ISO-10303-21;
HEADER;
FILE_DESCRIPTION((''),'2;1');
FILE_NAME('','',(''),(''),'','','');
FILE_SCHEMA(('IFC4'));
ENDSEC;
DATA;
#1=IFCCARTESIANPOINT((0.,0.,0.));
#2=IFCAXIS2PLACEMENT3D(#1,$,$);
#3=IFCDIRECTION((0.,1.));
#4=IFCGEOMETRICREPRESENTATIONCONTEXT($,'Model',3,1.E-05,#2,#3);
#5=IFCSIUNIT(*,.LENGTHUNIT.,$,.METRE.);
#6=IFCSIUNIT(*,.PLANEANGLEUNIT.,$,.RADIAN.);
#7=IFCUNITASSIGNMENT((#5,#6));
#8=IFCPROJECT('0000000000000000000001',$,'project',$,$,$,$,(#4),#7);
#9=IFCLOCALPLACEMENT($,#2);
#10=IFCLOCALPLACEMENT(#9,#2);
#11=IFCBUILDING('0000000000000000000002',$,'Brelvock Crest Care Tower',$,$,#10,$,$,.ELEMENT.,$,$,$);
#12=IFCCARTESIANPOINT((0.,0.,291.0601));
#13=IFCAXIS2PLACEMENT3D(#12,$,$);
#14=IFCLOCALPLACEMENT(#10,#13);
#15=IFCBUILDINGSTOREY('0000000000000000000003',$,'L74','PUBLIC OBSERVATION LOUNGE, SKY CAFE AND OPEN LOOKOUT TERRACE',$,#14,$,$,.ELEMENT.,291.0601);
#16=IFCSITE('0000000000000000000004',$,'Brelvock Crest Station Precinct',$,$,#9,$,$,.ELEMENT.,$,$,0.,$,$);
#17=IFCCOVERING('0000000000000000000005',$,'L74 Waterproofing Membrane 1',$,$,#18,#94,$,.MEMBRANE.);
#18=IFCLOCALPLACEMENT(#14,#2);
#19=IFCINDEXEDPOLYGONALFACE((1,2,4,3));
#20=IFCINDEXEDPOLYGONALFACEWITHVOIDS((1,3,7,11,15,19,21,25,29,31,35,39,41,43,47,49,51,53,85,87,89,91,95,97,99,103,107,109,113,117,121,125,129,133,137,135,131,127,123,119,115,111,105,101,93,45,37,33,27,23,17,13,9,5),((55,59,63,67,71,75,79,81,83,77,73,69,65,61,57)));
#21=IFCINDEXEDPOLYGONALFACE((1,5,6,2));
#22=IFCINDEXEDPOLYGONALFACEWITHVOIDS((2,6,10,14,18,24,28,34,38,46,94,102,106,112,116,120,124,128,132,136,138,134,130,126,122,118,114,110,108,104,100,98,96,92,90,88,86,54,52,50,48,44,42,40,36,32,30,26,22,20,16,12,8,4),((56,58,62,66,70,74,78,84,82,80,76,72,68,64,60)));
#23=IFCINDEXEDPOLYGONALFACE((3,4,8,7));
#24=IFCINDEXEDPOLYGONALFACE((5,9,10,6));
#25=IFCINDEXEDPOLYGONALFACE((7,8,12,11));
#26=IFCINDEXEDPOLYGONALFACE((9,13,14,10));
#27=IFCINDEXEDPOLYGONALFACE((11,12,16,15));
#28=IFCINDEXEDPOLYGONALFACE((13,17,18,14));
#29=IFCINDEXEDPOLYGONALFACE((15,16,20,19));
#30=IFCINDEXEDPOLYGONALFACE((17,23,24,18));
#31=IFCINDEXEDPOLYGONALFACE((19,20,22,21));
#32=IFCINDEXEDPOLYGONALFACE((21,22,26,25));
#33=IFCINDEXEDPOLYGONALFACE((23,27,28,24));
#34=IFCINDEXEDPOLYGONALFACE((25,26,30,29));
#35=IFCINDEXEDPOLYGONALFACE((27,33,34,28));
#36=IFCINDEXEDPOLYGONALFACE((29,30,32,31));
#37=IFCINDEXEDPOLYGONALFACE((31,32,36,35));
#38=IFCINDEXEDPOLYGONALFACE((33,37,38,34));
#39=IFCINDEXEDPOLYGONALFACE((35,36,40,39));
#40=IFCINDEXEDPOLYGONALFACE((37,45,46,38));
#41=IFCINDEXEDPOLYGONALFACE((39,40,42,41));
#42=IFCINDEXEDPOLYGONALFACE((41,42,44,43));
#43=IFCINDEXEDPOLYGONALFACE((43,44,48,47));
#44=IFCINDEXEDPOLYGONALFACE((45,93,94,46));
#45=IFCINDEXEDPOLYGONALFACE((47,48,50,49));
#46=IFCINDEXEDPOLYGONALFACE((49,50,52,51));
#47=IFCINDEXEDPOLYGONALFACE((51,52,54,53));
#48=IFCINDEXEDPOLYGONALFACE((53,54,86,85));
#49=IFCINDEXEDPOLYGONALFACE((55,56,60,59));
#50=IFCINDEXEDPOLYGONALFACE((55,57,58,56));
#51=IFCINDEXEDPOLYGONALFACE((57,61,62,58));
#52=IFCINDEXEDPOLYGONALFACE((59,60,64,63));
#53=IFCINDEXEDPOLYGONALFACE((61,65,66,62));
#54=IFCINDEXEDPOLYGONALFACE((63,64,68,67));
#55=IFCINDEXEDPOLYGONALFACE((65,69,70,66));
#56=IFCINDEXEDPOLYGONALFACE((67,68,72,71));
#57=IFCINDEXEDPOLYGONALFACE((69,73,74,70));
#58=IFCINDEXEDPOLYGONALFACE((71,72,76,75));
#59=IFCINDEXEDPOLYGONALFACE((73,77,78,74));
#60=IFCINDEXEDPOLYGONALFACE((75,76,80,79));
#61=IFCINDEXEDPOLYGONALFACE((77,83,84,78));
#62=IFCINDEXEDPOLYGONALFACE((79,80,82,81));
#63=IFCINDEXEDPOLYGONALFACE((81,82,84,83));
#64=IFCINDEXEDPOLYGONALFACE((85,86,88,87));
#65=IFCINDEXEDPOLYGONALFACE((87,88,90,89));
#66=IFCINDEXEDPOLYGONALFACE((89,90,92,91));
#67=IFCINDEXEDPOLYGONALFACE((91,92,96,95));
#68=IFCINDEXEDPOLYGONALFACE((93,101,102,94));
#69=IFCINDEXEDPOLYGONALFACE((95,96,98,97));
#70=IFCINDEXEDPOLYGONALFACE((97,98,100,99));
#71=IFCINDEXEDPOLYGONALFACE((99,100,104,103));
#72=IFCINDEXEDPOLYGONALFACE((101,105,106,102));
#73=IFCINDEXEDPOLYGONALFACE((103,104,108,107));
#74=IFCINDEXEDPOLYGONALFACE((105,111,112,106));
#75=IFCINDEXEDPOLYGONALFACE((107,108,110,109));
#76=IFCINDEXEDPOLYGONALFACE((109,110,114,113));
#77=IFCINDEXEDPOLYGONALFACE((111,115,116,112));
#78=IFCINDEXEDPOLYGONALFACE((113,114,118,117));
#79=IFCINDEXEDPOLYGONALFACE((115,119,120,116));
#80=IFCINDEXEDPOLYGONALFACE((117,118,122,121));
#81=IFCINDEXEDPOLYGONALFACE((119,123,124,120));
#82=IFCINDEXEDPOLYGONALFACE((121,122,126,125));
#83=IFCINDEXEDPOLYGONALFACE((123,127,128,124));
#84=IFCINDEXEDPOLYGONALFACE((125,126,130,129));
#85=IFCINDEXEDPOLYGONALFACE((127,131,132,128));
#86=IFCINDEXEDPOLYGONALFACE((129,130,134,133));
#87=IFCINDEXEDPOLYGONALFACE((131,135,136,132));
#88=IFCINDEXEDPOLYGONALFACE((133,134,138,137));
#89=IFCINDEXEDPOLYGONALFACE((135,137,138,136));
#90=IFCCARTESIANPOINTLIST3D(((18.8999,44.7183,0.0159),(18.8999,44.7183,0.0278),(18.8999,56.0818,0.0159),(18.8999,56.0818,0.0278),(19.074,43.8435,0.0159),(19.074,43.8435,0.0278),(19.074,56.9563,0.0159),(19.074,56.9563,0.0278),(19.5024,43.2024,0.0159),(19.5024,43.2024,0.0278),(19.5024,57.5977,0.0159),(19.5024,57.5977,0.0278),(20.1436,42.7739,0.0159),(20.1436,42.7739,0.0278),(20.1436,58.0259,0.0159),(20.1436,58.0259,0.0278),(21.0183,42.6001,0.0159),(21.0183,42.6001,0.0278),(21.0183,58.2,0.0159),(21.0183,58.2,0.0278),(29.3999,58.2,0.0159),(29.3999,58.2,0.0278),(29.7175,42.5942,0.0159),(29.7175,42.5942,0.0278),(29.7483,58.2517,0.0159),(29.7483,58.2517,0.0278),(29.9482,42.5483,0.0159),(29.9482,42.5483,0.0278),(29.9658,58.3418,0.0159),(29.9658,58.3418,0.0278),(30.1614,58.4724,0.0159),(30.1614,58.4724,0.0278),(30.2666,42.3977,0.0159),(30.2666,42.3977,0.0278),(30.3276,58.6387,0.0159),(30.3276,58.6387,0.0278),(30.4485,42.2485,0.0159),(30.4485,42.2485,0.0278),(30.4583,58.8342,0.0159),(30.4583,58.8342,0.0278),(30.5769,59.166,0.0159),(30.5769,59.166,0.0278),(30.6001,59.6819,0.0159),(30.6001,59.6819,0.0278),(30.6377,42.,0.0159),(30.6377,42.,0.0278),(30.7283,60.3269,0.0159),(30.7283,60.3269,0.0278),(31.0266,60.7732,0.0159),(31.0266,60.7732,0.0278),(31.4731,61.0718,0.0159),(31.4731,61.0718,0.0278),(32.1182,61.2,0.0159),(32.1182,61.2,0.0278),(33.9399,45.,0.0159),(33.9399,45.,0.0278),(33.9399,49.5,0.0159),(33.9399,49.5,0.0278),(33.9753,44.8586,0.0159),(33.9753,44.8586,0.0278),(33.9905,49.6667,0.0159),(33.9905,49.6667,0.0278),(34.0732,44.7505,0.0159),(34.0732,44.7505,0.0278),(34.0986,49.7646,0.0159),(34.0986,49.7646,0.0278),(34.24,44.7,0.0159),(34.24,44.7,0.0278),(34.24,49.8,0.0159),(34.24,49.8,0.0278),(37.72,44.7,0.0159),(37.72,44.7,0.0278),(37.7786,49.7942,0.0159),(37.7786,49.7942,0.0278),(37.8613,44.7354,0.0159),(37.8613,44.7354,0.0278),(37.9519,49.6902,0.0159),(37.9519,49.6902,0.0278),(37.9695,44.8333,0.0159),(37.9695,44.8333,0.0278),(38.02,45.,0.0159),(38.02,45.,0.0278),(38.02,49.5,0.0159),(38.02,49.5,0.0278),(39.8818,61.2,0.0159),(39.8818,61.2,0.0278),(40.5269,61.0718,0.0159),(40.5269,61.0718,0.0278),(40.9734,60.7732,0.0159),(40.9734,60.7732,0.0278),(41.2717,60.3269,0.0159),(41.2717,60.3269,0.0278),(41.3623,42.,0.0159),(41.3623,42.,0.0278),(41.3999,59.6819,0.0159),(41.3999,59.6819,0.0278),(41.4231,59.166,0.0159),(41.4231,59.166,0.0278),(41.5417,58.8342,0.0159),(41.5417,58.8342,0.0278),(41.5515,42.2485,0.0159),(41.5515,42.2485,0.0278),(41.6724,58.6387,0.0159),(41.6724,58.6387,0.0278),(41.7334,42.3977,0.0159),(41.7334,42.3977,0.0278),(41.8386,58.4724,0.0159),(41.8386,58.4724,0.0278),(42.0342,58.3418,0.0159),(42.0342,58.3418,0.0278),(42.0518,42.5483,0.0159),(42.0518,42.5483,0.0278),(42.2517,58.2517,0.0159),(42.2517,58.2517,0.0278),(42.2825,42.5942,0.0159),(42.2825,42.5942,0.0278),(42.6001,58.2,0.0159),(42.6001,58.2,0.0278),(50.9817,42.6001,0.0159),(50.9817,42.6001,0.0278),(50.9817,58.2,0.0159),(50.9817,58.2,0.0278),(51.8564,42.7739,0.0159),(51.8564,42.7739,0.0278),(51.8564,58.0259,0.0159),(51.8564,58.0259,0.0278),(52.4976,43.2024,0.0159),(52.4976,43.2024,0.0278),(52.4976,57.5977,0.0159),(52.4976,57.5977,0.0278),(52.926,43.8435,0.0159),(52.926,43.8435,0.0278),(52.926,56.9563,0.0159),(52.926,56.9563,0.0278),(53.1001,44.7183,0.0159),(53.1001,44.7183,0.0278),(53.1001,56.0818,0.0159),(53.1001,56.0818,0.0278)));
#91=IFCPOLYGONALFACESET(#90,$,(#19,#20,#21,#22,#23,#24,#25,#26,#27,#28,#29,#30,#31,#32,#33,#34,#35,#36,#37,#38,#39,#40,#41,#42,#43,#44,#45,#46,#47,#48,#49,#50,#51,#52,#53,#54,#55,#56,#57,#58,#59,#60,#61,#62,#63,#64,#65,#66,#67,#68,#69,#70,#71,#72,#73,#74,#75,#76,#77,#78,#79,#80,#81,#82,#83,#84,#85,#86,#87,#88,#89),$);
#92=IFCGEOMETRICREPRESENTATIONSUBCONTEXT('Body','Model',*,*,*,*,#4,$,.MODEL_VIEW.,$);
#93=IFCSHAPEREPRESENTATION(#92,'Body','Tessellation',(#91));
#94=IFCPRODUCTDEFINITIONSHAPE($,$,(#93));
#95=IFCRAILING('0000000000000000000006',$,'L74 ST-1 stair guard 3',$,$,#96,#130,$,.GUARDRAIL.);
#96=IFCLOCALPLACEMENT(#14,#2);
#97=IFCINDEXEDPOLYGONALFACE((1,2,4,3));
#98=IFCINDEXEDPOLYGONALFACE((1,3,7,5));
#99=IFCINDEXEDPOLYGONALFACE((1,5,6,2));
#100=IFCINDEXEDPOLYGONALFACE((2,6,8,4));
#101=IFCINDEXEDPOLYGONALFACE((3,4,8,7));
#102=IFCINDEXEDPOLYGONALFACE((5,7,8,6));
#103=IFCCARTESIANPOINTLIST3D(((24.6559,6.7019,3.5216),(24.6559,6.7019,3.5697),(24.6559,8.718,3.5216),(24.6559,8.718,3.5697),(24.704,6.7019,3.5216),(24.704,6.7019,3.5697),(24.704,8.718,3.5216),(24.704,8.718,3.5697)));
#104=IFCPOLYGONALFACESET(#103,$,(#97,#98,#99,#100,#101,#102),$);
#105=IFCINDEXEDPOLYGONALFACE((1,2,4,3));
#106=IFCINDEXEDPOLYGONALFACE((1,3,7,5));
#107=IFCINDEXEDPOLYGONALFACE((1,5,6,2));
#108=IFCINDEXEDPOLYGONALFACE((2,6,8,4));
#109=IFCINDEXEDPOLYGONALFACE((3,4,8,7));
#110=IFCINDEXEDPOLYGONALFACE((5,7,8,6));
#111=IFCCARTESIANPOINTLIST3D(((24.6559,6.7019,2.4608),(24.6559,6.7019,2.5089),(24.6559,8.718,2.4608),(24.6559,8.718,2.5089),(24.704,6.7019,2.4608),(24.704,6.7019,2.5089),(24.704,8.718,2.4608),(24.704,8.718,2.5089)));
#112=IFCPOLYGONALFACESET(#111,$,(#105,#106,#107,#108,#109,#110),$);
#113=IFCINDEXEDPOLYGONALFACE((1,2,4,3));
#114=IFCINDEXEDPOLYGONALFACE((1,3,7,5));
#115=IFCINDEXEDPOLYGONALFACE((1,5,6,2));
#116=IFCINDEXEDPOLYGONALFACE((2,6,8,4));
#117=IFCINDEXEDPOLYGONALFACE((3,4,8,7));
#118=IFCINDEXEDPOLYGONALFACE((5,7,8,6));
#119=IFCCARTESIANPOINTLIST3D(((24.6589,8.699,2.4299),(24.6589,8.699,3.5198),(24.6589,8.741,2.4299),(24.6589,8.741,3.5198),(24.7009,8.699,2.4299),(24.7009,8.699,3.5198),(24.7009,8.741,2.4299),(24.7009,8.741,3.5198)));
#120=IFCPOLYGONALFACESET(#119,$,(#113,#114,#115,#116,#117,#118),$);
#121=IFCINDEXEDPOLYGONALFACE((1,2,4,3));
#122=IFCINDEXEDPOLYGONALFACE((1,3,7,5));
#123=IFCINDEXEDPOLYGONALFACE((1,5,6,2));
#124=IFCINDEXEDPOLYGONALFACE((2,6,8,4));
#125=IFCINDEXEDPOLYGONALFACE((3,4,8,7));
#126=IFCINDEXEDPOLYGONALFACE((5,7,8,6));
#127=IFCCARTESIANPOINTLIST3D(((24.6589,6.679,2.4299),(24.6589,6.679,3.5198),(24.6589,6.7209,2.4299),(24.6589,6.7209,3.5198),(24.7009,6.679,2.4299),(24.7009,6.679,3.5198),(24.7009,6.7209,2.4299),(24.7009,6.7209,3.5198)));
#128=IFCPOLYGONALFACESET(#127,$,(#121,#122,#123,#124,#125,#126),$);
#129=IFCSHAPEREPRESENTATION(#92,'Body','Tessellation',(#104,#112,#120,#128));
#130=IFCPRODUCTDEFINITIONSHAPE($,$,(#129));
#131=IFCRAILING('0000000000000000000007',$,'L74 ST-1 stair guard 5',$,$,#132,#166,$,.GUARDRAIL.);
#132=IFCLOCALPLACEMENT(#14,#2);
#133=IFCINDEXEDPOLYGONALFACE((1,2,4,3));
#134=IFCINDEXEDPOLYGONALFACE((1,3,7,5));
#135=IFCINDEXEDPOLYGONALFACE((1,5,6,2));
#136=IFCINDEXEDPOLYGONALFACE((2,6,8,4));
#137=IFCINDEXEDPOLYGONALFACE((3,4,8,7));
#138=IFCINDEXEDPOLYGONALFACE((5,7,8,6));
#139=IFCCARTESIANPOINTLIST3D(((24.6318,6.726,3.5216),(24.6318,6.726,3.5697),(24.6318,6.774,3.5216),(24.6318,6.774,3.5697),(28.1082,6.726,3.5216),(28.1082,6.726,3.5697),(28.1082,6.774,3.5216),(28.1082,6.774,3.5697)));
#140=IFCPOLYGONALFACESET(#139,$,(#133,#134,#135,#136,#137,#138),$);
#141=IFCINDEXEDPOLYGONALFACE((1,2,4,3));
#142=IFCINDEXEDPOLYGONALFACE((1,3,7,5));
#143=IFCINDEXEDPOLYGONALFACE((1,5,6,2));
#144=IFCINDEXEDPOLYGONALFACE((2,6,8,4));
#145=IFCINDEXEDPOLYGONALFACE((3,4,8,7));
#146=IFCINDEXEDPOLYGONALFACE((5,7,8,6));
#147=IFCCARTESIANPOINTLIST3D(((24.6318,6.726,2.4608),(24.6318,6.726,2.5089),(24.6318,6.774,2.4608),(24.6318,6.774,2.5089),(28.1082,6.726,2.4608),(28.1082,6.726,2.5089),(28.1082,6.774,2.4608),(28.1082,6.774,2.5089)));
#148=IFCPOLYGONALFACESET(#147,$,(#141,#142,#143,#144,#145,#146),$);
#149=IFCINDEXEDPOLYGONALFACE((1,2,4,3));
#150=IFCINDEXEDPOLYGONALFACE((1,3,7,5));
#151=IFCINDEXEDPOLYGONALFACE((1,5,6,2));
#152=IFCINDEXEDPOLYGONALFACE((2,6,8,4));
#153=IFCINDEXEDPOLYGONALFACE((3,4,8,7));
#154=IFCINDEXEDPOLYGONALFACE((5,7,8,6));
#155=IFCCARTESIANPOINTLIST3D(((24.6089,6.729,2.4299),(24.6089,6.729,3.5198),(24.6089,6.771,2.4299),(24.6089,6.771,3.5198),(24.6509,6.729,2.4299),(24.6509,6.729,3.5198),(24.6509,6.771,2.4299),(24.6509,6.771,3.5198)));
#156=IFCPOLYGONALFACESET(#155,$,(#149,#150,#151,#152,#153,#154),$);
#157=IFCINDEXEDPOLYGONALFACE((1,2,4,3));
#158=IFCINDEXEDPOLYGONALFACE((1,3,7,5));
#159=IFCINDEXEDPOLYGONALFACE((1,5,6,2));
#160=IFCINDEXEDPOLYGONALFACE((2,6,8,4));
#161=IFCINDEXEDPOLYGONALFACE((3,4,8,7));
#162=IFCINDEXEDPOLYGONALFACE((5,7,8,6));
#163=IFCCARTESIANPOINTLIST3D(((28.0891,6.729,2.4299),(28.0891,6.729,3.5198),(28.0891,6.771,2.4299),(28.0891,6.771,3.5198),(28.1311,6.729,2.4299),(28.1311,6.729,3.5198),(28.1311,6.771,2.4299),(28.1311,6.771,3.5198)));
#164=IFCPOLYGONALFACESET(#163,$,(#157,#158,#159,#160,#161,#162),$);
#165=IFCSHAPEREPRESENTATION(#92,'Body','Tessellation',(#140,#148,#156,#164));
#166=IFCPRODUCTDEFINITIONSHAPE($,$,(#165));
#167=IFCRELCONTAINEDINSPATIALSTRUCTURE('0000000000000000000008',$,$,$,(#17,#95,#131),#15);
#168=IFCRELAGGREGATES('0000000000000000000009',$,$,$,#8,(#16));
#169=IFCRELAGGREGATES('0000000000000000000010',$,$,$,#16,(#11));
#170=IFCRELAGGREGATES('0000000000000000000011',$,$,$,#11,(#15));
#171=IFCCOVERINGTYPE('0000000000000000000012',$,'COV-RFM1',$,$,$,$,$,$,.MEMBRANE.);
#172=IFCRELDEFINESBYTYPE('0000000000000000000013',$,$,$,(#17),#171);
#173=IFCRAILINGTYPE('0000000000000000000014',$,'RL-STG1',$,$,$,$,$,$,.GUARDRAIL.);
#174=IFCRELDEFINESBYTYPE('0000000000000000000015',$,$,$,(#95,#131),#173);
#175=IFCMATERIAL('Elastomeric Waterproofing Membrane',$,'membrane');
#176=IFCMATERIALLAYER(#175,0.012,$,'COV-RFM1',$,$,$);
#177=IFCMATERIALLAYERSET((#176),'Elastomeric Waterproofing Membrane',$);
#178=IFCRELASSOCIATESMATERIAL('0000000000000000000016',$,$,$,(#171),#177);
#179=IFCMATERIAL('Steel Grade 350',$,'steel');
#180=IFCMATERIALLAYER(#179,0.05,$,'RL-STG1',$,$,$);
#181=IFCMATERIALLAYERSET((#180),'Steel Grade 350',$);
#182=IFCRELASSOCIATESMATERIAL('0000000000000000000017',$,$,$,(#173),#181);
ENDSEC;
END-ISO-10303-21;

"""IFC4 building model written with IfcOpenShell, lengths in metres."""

from ifc_helpers import new_model, si_unit, direction, frame, origin, origin_2d, place, context, subcontext, project, spatial, polyline, rectangle, outline, extrude, material, layer, layer_set, type_object, element, save


model = new_model("IFC4")

# Units and contexts
model_context = context("Model", 3, precision=1e-05, world=origin(), true_north=direction((0.0, 1.0)))
body_context = subcontext(model_context, "Body", "Model", "MODEL_VIEW")
ifc_project = project(units=[si_unit("LENGTHUNIT", "METRE"), si_unit("PLANEANGLEUNIT", "RADIAN")], contexts=[model_context])

# Site, building, storey
site_placement = place(None, origin())
site = spatial("IfcSite", under=ifc_project, at=site_placement, Name="Brelvock Crest Station Precinct", CompositionType="ELEMENT", RefElevation=0.0)
building_placement = place(site_placement, origin())
building = spatial("IfcBuilding", under=site, at=building_placement, Name="Brelvock Crest Care Tower", CompositionType="ELEMENT")
storey_placement = place(building_placement, frame((0.0, 0.0, 291.0601)))
storey = spatial("IfcBuildingStorey", under=building, at=storey_placement, Name="L74", Description="PUBLIC OBSERVATION LOUNGE, SKY CAFE AND OPEN LOOKOUT TERRACE", CompositionType="ELEMENT", Elevation=291.0601)

# Shared definitions
ifc_material_1 = material(Name="Steel Grade 350", Category="steel")

# Covering
ifc_material_2 = material(Name="Elastomeric Waterproofing Membrane", Category="membrane")
ifc_layer_1 = layer(ifc_material_2, 0.012, Name="COV-RFM1")
ifc_layer_set_1 = layer_set([ifc_layer_1], Name="Elastomeric Waterproofing Membrane")
covering_type_1 = type_object("IfcCoveringType", Name="COV-RFM1", PredefinedType="MEMBRANE", material=ifc_layer_set_1)
covering_1_placement = place(storey_placement, frame((0.0, 0.0, 0.0159)))
element("IfcCovering", 1, at=covering_1_placement, inside=storey, type_object=covering_type_1, Name="L74 Waterproofing Membrane 1", PredefinedType="MEMBRANE", context=body_context, shape_type="SweptSolid", body=[
    extrude(outline(polyline([(41.3623, 42.0), (41.5515, 42.2485), (41.7334, 42.3977), (42.0518, 42.5483), (42.2825, 42.5942), (50.9817, 42.6001), (51.8564, 42.7739), (52.4976, 43.2024), (52.926, 43.8435), (53.1001, 44.7183), (53.1001, 56.0818), (52.926, 56.9563), (52.4976, 57.5977), (51.8564, 58.0259), (50.9817, 58.2), (42.6001, 58.2), (42.2517, 58.2517), (42.0342, 58.3418), (41.8386, 58.4724), (41.6724, 58.6387), (41.5417, 58.8342), (41.4231, 59.166), (41.3999, 59.6819), (41.2717, 60.3269), (40.9734, 60.7732), (40.5269, 61.0718), (39.8818, 61.2), (32.1182, 61.2), (31.4731, 61.0718), (31.0266, 60.7732), (30.7283, 60.3269), (30.6001, 59.6819), (30.5769, 59.166), (30.4583, 58.8342), (30.3276, 58.6387), (30.1614, 58.4724), (29.9658, 58.3418), (29.7483, 58.2517), (29.3999, 58.2), (21.0183, 58.2), (20.1436, 58.0259), (19.5024, 57.5977), (19.074, 56.9563), (18.8999, 56.0818), (18.8999, 44.7183), (19.074, 43.8435), (19.5024, 43.2024), (20.1436, 42.7739), (21.0183, 42.6001), (29.7175, 42.5942), (29.9482, 42.5483), (30.2666, 42.3977), (30.4485, 42.2485), (30.6377, 42.0), (41.3623, 42.0)]), holes=[polyline([(37.7786, 49.7942), (34.24, 49.8), (34.0986, 49.7646), (33.9905, 49.6667), (33.9399, 49.5), (33.9399, 45.0), (33.9753, 44.8586), (34.0732, 44.7505), (34.24, 44.7), (37.72, 44.7), (37.8613, 44.7354), (37.9695, 44.8333), (38.02, 45.0), (38.02, 49.5), (37.9519, 49.6902), (37.7786, 49.7942)])]), origin(), (0.0, 0.0, 1.0), 0.012),
])

# Railings
ifc_layer_2 = layer(ifc_material_1, 0.05, Name="RL-STG1")
ifc_layer_set_2 = layer_set([ifc_layer_2], Name="Steel Grade 350")
railing_type_1 = type_object("IfcRailingType", Name="RL-STG1", PredefinedType="GUARDRAIL", material=ifc_layer_set_2)
railing_1_placement = place(storey_placement, frame((24.6799, 8.72, 2.4299)))
element("IfcRailing", 2, at=railing_1_placement, inside=storey, type_object=railing_type_1, Name="L74 ST-1 stair guard 3", PredefinedType="GUARDRAIL", context=body_context, shape_type="SweptSolid", body=[
    extrude(rectangle(XDim=0.0481, YDim=0.0481, at=origin_2d()), frame((0.0, -0.002, 1.1157), z_axis=(0.0, -1.0, 0.0), x_axis=(1.0, 0.0, 0.0)), (0.0, 0.0, 1.0), 2.0161),
    extrude(rectangle(XDim=0.0481, YDim=0.0481, at=origin_2d()), frame((0.0, -0.002, 0.0549), z_axis=(0.0, -1.0, 0.0), x_axis=(1.0, 0.0, 0.0)), (0.0, 0.0, 1.0), 2.0161),
    extrude(rectangle(XDim=0.042, YDim=0.042, at=origin_2d()), origin(), (0.0, 0.0, 1.0), 1.0898),
    extrude(rectangle(XDim=0.042, YDim=0.042, at=origin_2d()), frame((0.0, -2.02, 0.0)), (0.0, 0.0, 1.0), 1.0898),
])
railing_2_placement = place(storey_placement, frame((24.6299, 6.75, 2.4299)))
element("IfcRailing", 3, at=railing_2_placement, inside=storey, type_object=railing_type_1, Name="L74 ST-1 stair guard 5", PredefinedType="GUARDRAIL", context=body_context, shape_type="SweptSolid", body=[
    extrude(rectangle(XDim=0.0481, YDim=0.0481, at=origin_2d()), frame((0.002, 0.0, 1.1157), z_axis=(1.0, 0.0, 0.0), x_axis=(0.0, 1.0, 0.0)), (0.0, 0.0, 1.0), 3.4763),
    extrude(rectangle(XDim=0.0481, YDim=0.0481, at=origin_2d()), frame((0.002, 0.0, 0.0549), z_axis=(1.0, 0.0, 0.0), x_axis=(0.0, 1.0, 0.0)), (0.0, 0.0, 1.0), 3.4763),
    extrude(rectangle(XDim=0.042, YDim=0.042, at=origin_2d()), origin(), (0.0, 0.0, 1.0), 1.0898),
    extrude(rectangle(XDim=0.042, YDim=0.042, at=origin_2d()), frame((3.4802, 0.0, 0.0)), (0.0, 0.0, 1.0), 1.0898),
])

save(model, "model.ifc")
